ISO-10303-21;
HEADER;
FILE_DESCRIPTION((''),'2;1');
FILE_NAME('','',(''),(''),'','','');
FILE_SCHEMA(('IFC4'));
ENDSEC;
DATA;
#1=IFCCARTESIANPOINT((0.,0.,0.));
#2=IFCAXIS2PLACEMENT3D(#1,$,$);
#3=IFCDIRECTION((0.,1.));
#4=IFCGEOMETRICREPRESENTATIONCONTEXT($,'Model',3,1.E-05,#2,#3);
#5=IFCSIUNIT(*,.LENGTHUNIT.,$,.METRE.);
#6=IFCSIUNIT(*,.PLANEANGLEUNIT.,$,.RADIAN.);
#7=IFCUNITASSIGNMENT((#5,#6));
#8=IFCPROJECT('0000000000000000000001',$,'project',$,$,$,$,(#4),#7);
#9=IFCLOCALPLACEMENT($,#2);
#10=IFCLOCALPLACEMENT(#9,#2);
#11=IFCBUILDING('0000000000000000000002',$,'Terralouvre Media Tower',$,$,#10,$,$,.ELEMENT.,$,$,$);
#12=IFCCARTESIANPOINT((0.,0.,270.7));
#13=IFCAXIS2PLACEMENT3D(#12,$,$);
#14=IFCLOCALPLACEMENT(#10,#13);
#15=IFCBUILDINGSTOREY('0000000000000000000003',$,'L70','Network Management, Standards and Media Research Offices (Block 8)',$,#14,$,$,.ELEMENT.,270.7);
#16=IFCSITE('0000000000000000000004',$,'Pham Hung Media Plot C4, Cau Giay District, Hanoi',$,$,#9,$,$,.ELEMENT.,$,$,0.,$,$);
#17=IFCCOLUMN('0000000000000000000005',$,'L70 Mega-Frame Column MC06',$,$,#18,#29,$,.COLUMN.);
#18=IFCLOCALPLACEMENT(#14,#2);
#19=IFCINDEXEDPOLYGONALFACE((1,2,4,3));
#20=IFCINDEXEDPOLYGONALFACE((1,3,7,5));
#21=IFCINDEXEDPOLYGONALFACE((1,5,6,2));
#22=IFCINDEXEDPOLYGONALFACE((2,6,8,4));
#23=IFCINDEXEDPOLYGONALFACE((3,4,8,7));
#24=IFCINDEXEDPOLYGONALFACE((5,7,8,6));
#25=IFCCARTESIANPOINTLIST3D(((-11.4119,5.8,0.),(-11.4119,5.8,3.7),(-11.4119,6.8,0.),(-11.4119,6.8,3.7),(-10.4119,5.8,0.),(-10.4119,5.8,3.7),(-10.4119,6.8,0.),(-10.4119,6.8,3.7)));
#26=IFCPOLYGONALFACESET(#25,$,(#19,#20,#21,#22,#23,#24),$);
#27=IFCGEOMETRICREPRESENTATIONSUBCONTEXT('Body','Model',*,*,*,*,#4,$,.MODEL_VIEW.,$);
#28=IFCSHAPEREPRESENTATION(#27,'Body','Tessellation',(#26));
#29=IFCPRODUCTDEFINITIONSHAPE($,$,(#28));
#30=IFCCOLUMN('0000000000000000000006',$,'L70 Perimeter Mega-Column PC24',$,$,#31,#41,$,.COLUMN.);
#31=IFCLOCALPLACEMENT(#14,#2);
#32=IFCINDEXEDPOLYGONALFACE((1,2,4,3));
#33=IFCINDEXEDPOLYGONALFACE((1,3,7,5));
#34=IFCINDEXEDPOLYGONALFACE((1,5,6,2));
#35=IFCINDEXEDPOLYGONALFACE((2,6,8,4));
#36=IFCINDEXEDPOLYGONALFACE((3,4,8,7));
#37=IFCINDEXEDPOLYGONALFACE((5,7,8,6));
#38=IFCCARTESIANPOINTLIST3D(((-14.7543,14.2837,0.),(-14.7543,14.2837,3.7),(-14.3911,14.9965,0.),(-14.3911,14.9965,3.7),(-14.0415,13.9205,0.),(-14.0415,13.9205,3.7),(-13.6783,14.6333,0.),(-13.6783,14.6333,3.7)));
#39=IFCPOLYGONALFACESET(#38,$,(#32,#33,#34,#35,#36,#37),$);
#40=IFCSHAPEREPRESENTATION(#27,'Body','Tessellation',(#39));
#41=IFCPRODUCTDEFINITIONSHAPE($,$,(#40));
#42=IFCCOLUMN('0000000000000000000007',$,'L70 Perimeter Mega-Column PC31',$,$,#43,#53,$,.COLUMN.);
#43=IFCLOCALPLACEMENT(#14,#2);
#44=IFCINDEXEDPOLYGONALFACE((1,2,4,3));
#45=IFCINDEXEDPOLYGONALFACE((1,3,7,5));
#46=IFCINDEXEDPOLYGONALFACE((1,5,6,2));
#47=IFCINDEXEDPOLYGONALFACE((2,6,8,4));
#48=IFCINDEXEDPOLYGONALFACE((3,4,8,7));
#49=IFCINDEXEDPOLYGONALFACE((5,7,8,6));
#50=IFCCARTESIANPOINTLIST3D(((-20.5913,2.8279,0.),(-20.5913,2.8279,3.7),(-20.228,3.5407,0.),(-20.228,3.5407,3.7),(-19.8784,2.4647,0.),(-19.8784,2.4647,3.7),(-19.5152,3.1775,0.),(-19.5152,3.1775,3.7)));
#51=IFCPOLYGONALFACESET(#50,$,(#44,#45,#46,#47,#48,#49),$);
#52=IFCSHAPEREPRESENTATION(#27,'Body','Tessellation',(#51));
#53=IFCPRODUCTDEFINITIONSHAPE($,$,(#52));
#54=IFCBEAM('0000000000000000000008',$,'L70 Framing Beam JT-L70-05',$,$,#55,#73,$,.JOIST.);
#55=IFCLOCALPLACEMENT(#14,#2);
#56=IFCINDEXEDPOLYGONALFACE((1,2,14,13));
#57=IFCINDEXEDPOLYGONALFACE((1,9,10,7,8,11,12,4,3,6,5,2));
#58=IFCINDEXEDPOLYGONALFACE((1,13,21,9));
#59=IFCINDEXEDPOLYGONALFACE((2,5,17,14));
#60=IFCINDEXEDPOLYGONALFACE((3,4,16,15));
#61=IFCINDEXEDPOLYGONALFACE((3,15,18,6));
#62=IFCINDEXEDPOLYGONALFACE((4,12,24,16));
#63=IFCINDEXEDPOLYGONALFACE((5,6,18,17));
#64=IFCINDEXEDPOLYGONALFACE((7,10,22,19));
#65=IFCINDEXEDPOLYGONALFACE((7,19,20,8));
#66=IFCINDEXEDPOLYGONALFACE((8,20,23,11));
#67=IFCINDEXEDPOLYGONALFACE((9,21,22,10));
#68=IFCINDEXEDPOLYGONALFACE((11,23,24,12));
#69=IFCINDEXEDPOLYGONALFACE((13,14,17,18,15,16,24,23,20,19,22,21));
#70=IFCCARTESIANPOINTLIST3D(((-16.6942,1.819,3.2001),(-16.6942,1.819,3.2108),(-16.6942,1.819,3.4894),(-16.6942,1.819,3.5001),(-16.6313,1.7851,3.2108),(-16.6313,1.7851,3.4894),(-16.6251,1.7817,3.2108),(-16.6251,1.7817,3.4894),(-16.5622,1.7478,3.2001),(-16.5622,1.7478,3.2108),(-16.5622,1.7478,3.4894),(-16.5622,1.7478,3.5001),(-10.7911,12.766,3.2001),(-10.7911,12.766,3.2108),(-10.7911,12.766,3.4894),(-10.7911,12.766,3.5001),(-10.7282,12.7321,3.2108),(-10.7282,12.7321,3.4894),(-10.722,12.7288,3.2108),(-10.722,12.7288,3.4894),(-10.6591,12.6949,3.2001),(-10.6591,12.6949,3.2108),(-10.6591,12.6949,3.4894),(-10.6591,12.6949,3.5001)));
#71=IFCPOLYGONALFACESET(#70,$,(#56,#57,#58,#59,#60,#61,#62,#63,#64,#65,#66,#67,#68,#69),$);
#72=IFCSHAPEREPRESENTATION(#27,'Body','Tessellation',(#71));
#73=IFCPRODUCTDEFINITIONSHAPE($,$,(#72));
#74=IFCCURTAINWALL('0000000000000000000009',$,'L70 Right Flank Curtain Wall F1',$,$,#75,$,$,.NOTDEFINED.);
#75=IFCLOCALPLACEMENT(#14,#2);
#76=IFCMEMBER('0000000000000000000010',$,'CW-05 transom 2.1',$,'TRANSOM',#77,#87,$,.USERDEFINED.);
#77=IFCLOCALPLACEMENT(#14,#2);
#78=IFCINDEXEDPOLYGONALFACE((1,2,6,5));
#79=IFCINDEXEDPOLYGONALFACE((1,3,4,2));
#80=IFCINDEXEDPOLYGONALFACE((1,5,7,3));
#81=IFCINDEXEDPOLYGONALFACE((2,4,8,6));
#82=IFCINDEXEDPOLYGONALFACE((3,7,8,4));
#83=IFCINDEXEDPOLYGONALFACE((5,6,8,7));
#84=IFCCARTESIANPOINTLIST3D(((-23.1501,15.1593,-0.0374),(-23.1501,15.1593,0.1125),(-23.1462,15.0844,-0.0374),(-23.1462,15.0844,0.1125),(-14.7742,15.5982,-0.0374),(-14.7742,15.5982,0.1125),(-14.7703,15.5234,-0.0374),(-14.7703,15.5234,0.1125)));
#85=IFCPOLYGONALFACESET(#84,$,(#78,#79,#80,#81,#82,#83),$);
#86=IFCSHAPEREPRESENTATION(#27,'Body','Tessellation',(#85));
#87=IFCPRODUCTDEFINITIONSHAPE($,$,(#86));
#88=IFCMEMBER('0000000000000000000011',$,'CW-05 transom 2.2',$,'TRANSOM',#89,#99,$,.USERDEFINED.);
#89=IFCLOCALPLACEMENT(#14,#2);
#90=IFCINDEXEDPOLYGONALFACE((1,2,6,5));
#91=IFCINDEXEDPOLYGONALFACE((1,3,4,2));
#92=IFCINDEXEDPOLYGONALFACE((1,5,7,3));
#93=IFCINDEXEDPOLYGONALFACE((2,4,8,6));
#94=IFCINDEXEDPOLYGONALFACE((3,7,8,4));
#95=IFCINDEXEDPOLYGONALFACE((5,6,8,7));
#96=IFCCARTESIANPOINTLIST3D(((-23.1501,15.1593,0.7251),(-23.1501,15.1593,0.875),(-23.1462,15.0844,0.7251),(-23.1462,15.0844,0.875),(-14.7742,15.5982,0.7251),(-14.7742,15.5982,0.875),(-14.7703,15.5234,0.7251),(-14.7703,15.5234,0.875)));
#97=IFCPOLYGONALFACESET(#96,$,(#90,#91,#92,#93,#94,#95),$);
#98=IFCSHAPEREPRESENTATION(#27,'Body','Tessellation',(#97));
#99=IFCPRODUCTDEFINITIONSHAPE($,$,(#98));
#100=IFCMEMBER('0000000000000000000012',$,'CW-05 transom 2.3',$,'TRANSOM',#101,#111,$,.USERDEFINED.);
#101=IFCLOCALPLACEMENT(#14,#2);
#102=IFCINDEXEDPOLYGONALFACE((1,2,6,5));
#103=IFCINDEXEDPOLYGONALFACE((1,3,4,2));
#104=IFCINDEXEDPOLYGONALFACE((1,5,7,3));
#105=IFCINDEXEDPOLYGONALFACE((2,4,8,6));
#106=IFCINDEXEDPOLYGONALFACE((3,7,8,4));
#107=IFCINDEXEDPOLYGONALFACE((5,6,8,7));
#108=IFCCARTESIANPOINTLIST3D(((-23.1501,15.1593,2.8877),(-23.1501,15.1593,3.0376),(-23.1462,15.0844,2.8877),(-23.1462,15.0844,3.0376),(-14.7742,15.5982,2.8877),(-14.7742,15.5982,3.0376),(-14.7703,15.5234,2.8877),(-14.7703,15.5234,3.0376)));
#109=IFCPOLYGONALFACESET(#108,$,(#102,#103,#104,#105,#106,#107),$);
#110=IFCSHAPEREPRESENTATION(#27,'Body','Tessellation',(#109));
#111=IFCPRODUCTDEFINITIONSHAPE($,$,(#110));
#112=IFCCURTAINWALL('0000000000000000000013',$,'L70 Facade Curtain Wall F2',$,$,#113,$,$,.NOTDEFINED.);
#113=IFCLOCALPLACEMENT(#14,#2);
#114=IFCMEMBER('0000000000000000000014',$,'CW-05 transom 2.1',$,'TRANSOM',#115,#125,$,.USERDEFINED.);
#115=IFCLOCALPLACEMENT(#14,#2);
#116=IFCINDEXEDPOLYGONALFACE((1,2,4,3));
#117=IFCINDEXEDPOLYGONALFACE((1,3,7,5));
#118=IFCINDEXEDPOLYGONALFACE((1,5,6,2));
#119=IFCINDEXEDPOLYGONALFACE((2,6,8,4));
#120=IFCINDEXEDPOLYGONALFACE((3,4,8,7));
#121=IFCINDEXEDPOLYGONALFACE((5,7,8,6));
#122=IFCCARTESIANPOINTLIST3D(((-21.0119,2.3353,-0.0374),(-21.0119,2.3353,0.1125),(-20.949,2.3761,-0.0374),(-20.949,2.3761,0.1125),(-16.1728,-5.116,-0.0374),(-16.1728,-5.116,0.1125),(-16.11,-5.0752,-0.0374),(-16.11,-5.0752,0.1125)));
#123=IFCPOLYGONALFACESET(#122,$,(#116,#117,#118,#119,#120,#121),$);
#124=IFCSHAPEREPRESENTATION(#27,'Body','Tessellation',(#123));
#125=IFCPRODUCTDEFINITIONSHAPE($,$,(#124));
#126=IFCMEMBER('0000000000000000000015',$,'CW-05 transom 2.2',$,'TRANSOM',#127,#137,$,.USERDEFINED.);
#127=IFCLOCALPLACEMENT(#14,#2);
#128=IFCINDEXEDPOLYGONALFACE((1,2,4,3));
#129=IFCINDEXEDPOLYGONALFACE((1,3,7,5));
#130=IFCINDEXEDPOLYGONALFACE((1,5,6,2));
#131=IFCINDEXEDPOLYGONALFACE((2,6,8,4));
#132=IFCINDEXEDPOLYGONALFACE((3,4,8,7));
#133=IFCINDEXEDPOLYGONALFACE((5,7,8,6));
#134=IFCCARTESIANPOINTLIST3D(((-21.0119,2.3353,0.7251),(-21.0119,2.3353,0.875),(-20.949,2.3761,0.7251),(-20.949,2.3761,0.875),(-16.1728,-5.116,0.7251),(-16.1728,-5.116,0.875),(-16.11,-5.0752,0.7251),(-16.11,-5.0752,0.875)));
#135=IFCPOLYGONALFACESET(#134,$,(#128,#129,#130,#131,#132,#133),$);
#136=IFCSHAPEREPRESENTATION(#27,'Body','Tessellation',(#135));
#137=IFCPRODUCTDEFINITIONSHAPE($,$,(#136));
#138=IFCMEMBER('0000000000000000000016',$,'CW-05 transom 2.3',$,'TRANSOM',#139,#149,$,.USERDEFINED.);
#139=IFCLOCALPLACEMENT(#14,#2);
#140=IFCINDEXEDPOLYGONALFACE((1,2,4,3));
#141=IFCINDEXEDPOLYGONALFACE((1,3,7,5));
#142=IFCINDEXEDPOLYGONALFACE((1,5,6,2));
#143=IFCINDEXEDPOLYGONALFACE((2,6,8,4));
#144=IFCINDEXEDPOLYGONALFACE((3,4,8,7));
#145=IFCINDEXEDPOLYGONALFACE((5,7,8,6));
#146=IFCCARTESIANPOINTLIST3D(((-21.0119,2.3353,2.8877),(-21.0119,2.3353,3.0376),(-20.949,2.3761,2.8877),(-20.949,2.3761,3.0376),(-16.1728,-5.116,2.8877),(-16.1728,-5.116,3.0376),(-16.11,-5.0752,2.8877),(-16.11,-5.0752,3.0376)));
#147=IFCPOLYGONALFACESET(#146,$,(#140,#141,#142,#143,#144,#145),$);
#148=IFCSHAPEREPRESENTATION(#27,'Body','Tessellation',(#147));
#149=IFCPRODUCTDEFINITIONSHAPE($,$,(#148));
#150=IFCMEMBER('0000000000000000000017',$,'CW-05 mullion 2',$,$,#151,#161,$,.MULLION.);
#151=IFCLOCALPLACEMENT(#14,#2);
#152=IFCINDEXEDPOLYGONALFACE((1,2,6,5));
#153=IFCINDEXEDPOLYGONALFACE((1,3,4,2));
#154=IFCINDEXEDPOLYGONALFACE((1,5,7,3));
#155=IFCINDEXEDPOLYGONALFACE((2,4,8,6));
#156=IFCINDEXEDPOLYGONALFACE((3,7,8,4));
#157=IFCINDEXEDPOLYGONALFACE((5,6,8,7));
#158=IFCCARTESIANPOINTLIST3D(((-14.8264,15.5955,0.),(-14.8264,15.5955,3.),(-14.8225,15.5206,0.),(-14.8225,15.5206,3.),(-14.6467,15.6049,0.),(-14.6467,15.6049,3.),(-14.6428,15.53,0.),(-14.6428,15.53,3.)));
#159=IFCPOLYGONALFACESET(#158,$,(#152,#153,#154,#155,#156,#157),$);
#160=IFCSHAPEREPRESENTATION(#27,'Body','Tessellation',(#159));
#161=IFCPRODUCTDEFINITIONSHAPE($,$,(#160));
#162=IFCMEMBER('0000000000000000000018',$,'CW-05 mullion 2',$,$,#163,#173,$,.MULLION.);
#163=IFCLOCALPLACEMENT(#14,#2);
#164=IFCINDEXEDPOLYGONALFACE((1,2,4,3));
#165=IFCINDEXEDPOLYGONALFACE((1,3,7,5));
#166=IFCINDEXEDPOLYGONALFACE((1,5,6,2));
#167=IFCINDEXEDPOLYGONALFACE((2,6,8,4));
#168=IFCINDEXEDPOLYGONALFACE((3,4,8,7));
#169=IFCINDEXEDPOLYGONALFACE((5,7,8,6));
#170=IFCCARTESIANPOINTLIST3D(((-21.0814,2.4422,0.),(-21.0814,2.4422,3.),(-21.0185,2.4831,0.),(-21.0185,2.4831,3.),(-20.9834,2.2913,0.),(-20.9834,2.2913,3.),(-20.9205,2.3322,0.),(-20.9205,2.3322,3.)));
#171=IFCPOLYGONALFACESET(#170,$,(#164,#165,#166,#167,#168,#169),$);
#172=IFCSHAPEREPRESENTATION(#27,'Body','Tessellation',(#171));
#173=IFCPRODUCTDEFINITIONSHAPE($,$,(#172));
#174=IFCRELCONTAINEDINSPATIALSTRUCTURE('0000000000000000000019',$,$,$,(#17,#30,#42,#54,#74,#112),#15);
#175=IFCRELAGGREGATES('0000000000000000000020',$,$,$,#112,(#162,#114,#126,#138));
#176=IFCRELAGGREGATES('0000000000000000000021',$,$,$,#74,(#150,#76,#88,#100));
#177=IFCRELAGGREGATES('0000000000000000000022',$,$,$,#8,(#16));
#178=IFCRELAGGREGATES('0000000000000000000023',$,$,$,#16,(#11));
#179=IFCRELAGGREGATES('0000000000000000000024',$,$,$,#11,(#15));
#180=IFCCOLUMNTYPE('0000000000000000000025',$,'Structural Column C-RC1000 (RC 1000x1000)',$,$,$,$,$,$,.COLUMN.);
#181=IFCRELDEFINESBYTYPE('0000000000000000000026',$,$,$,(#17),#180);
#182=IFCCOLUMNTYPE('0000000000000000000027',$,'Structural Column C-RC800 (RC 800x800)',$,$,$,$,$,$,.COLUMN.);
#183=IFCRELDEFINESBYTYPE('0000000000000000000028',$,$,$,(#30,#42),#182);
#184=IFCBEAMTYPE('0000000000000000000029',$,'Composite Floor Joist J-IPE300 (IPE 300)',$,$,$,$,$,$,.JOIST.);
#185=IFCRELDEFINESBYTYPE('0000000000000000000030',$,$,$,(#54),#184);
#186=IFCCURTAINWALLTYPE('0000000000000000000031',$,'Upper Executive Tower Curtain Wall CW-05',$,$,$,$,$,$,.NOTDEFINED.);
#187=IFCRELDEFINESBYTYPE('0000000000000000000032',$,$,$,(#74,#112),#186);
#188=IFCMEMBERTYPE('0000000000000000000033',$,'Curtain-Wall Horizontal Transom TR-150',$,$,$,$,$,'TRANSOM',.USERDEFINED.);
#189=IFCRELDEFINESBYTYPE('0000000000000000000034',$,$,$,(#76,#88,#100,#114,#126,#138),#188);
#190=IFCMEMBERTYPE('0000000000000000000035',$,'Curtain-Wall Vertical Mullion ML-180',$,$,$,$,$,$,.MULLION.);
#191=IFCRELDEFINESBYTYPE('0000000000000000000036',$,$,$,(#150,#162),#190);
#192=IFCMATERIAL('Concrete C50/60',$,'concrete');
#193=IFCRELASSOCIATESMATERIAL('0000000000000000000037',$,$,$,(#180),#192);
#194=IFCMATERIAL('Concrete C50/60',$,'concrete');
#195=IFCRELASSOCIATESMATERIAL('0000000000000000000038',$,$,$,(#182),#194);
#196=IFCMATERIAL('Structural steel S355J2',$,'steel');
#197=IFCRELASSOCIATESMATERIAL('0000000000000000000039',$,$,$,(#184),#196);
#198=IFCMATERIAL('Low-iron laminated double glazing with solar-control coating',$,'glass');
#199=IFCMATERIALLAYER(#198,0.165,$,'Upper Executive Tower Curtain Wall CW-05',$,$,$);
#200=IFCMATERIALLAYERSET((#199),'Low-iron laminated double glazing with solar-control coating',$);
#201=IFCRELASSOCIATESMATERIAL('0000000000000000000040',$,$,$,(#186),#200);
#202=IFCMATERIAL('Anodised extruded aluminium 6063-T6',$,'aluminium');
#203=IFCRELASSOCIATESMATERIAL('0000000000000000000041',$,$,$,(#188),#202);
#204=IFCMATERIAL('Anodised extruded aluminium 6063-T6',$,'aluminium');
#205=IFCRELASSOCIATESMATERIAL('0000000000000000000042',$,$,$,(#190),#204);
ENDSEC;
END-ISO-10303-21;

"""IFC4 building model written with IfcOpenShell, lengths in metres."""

from ifc_helpers import new_model, si_unit, direction, frame, origin, origin_2d, place, context, subcontext, project, spatial, rectangle, i_section, extrude, material, layer, layer_set, material_profile, profile_set, type_object, element, aggregate, save


model = new_model("IFC4")

# Units and contexts
model_context = context("Model", 3, precision=1e-05, world=origin(), true_north=direction((0.0, 1.0)))
body_context = subcontext(model_context, "Body", "Model", "MODEL_VIEW")
ifc_project = project(units=[si_unit("LENGTHUNIT", "METRE"), si_unit("PLANEANGLEUNIT", "RADIAN")], contexts=[model_context])

# Site, building, storey
site_placement = place(None, origin())
site = spatial("IfcSite", under=ifc_project, at=site_placement, Name="Pham Hung Media Plot C4, Cau Giay District, Hanoi", CompositionType="ELEMENT", RefElevation=0.0)
building_placement = place(site_placement, origin())
building = spatial("IfcBuilding", under=site, at=building_placement, Name="Terralouvre Media Tower", CompositionType="ELEMENT")
storey_placement = place(building_placement, frame((0.0, 0.0, 270.7)))
storey = spatial("IfcBuildingStorey", under=building, at=storey_placement, Name="L70", Description="Network Management, Standards and Media Research Offices (Block 8)", CompositionType="ELEMENT", Elevation=270.7)

# Columns
ifc_material_1 = material(Name="Concrete C50/60", Category="concrete")
ifc_material_profile_1 = material_profile(ifc_material_1, rectangle(XDim=1.0, YDim=1.0, at=origin_2d()), Name="RC 1000x1000")
ifc_profile_set_1 = profile_set([ifc_material_profile_1], Name="Concrete C50/60")
column_type_1 = type_object("IfcColumnType", Name="Structural Column C-RC1000 (RC 1000x1000)", PredefinedType="COLUMN", material=ifc_profile_set_1)
column_placement = place(storey_placement, frame((-10.9119, 6.3, 0.0), z_axis=(0.0, 0.0, 1.0), x_axis=(1.0, 0.0, 0.0)))
element("IfcColumn", 1, at=column_placement, inside=storey, type_object=column_type_1, Name="L70 Mega-Frame Column MC06", PredefinedType="COLUMN", context=body_context, shape_type="SweptSolid", body=[
    extrude(rectangle(XDim=1.0, YDim=1.0, at=origin_2d()), origin(), (0.0, 0.0, 1.0), 3.7),
])
ifc_material_2 = material(Name="Concrete C50/60", Category="concrete")
ifc_material_profile_2 = material_profile(ifc_material_2, rectangle(XDim=0.8, YDim=0.8, at=origin_2d()), Name="RC 800x800")
ifc_profile_set_2 = profile_set([ifc_material_profile_2], Name="Concrete C50/60")
column_type_2 = type_object("IfcColumnType", Name="Structural Column C-RC800 (RC 800x800)", PredefinedType="COLUMN", material=ifc_profile_set_2)
for number, where, z_axis, x_axis, name in (
    (2, (-14.2163, 14.4585, 0.0), (0.0, 0.0, 1.0), (0.45399, 0.891007, 0.0), "L70 Perimeter Mega-Column PC24"),
    (3, (-20.0532, 3.0027, 0.0), (0.0, 0.0, 1.0), (0.45399, 0.891007, 0.0), "L70 Perimeter Mega-Column PC31"),
):
    element("IfcColumn", number, at=place(storey_placement, frame(where, z_axis=z_axis, x_axis=x_axis)), inside=storey, type_object=column_type_2, Name=name, PredefinedType="COLUMN", context=body_context, shape_type="SweptSolid", body=[
        extrude(rectangle(XDim=0.8, YDim=0.8, at=origin_2d()), origin(), (0.0, 0.0, 1.0), 3.7),
    ])

# Beam
ifc_material_3 = material(Name="Structural steel S355J2", Category="steel")
ifc_material_profile_3 = material_profile(ifc_material_3, i_section(OverallWidth=0.1499, OverallDepth=0.3, WebThickness=0.0071, FlangeThickness=0.0107, at=origin_2d()), Name="IPE 300")
ifc_profile_set_3 = profile_set([ifc_material_profile_3], Name="Structural steel S355J2")
beam_type_1 = type_object("IfcBeamType", Name="Composite Floor Joist J-IPE300 (IPE 300)", PredefinedType="JOIST", material=ifc_profile_set_3)
beam_1_placement = place(storey_placement, frame((-10.7251, 12.7305, 3.3501), z_axis=(-0.474631, -0.880185, 0.0), x_axis=(0.880185, -0.474631, 0.0)))
element("IfcBeam", 4, at=beam_1_placement, inside=storey, type_object=beam_type_1, Name="L70 Framing Beam JT-L70-05", PredefinedType="JOIST", context=body_context, shape_type="SweptSolid", body=[
    extrude(i_section(OverallWidth=0.1499, OverallDepth=0.3, WebThickness=0.0071, FlangeThickness=0.0107, at=origin_2d()), origin(), (0.0, 0.0, 1.0), 12.4373),
])

# Curtain walls, members
ifc_material_4 = material(Name="Low-iron laminated double glazing with solar-control coating", Category="glass")
ifc_layer_1 = layer(ifc_material_4, 0.165, Name="Upper Executive Tower Curtain Wall CW-05")
ifc_layer_set_1 = layer_set([ifc_layer_1], Name="Low-iron laminated double glazing with solar-control coating")
curtain_wall_type = type_object("IfcCurtainWallType", Name="Upper Executive Tower Curtain Wall CW-05", PredefinedType="NOTDEFINED", material=ifc_layer_set_1)
curtain_wall_1_placement = place(storey_placement, origin())
curtain_wall_1 = element("IfcCurtainWall", 5, at=curtain_wall_1_placement, inside=storey, type_object=curtain_wall_type, Name="L70 Right Flank Curtain Wall F1", PredefinedType="NOTDEFINED")
ifc_material_5 = material(Name="Anodised extruded aluminium 6063-T6", Category="aluminium")
ifc_material_profile_4 = material_profile(ifc_material_5, rectangle(XDim=0.075, YDim=0.1499, at=origin_2d()), Name="ALU 75x150")
ifc_profile_set_4 = profile_set([ifc_material_profile_4], Name="Anodised extruded aluminium 6063-T6")
member_type_1 = type_object("IfcMemberType", Name="Curtain-Wall Horizontal Transom TR-150", ElementType="TRANSOM", PredefinedType="USERDEFINED", material=ifc_profile_set_4)
member_1_placement = place(storey_placement, frame((-14.7722, 15.5608, 0.0376), z_axis=(-0.99863, -0.052336, 0.0), x_axis=(0.052336, -0.99863, 0.0)))
member_1 = element("IfcMember", 6, at=member_1_placement, type_object=member_type_1, Name="CW-05 transom 2.1", ObjectType="TRANSOM", PredefinedType="USERDEFINED", context=body_context, shape_type="SweptSolid", body=[
    extrude(rectangle(XDim=0.075, YDim=0.1499, at=origin_2d()), origin(), (0.0, 0.0, 1.0), 8.3875),
])
member_2_placement = place(storey_placement, frame((-14.7722, 15.5608, 0.8), z_axis=(-0.99863, -0.052336, 0.0), x_axis=(0.052336, -0.99863, 0.0)))
member_2 = element("IfcMember", 7, at=member_2_placement, type_object=member_type_1, Name="CW-05 transom 2.2", ObjectType="TRANSOM", PredefinedType="USERDEFINED", context=body_context, shape_type="SweptSolid", body=[
    extrude(rectangle(XDim=0.075, YDim=0.1499, at=origin_2d()), origin(), (0.0, 0.0, 1.0), 8.3875),
])
member_3_placement = place(storey_placement, frame((-14.7722, 15.5608, 2.9626), z_axis=(-0.99863, -0.052336, 0.0), x_axis=(0.052336, -0.99863, 0.0)))
member_3 = element("IfcMember", 8, at=member_3_placement, type_object=member_type_1, Name="CW-05 transom 2.3", ObjectType="TRANSOM", PredefinedType="USERDEFINED", context=body_context, shape_type="SweptSolid", body=[
    extrude(rectangle(XDim=0.075, YDim=0.1499, at=origin_2d()), origin(), (0.0, 0.0, 1.0), 8.3875),
])
curtain_wall_2_placement = place(storey_placement, origin())
curtain_wall_2 = element("IfcCurtainWall", 9, at=curtain_wall_2_placement, inside=storey, type_object=curtain_wall_type, Name="L70 Facade Curtain Wall F2", PredefinedType="NOTDEFINED")
member_4_placement = place(storey_placement, frame((-20.9805, 2.3557, 0.0376), z_axis=(0.544647, -0.838665, 0.0), x_axis=(0.838665, 0.544647, 0.0)))
member_4 = element("IfcMember", 10, at=member_4_placement, type_object=member_type_1, Name="CW-05 transom 2.1", ObjectType="TRANSOM", PredefinedType="USERDEFINED", context=body_context, shape_type="SweptSolid", body=[
    extrude(rectangle(XDim=0.075, YDim=0.1499, at=origin_2d()), origin(), (0.0, 0.0, 1.0), 8.8848),
])
member_5_placement = place(storey_placement, frame((-20.9805, 2.3557, 0.8), z_axis=(0.544647, -0.838665, 0.0), x_axis=(0.838665, 0.544647, 0.0)))
member_5 = element("IfcMember", 11, at=member_5_placement, type_object=member_type_1, Name="CW-05 transom 2.2", ObjectType="TRANSOM", PredefinedType="USERDEFINED", context=body_context, shape_type="SweptSolid", body=[
    extrude(rectangle(XDim=0.075, YDim=0.1499, at=origin_2d()), origin(), (0.0, 0.0, 1.0), 8.8848),
])
member_6_placement = place(storey_placement, frame((-20.9805, 2.3557, 2.9626), z_axis=(0.544647, -0.838665, 0.0), x_axis=(0.838665, 0.544647, 0.0)))
member_6 = element("IfcMember", 12, at=member_6_placement, type_object=member_type_1, Name="CW-05 transom 2.3", ObjectType="TRANSOM", PredefinedType="USERDEFINED", context=body_context, shape_type="SweptSolid", body=[
    extrude(rectangle(XDim=0.075, YDim=0.1499, at=origin_2d()), origin(), (0.0, 0.0, 1.0), 8.8848),
])

# Members
ifc_material_6 = material(Name="Anodised extruded aluminium 6063-T6", Category="aluminium")
ifc_material_profile_5 = material_profile(ifc_material_6, rectangle(XDim=0.075, YDim=0.1799, at=origin_2d()), Name="ALU 75x180")
ifc_profile_set_5 = profile_set([ifc_material_profile_5], Name="Anodised extruded aluminium 6063-T6")
member_type_2 = type_object("IfcMemberType", Name="Curtain-Wall Vertical Mullion ML-180", PredefinedType="MULLION", material=ifc_profile_set_5)
member_7_placement = place(storey_placement, frame((-14.7346, 15.5627, 0.0), z_axis=(0.0, 0.0, 1.0), x_axis=(0.052336, -0.99863, 0.0)))
member_7 = element("IfcMember", 13, at=member_7_placement, type_object=member_type_2, Name="CW-05 mullion 2", PredefinedType="MULLION", context=body_context, shape_type="SweptSolid", body=[
    extrude(rectangle(XDim=0.075, YDim=0.1799, at=origin_2d()), origin(), (0.0, 0.0, 1.0), 3.0),
])
member_8_placement = place(storey_placement, frame((-21.001, 2.3872, 0.0), z_axis=(0.0, 0.0, 1.0), x_axis=(0.838671, 0.544639, 0.0)))
member_8 = element("IfcMember", 14, at=member_8_placement, type_object=member_type_2, Name="CW-05 mullion 2", PredefinedType="MULLION", context=body_context, shape_type="SweptSolid", body=[
    extrude(rectangle(XDim=0.075, YDim=0.1799, at=origin_2d()), origin(), (0.0, 0.0, 1.0), 3.0),
])
aggregate(curtain_wall_2, [member_8, member_4, member_5, member_6])

aggregate(curtain_wall_1, [member_7, member_1, member_2, member_3])

save(model, "model.ifc")
